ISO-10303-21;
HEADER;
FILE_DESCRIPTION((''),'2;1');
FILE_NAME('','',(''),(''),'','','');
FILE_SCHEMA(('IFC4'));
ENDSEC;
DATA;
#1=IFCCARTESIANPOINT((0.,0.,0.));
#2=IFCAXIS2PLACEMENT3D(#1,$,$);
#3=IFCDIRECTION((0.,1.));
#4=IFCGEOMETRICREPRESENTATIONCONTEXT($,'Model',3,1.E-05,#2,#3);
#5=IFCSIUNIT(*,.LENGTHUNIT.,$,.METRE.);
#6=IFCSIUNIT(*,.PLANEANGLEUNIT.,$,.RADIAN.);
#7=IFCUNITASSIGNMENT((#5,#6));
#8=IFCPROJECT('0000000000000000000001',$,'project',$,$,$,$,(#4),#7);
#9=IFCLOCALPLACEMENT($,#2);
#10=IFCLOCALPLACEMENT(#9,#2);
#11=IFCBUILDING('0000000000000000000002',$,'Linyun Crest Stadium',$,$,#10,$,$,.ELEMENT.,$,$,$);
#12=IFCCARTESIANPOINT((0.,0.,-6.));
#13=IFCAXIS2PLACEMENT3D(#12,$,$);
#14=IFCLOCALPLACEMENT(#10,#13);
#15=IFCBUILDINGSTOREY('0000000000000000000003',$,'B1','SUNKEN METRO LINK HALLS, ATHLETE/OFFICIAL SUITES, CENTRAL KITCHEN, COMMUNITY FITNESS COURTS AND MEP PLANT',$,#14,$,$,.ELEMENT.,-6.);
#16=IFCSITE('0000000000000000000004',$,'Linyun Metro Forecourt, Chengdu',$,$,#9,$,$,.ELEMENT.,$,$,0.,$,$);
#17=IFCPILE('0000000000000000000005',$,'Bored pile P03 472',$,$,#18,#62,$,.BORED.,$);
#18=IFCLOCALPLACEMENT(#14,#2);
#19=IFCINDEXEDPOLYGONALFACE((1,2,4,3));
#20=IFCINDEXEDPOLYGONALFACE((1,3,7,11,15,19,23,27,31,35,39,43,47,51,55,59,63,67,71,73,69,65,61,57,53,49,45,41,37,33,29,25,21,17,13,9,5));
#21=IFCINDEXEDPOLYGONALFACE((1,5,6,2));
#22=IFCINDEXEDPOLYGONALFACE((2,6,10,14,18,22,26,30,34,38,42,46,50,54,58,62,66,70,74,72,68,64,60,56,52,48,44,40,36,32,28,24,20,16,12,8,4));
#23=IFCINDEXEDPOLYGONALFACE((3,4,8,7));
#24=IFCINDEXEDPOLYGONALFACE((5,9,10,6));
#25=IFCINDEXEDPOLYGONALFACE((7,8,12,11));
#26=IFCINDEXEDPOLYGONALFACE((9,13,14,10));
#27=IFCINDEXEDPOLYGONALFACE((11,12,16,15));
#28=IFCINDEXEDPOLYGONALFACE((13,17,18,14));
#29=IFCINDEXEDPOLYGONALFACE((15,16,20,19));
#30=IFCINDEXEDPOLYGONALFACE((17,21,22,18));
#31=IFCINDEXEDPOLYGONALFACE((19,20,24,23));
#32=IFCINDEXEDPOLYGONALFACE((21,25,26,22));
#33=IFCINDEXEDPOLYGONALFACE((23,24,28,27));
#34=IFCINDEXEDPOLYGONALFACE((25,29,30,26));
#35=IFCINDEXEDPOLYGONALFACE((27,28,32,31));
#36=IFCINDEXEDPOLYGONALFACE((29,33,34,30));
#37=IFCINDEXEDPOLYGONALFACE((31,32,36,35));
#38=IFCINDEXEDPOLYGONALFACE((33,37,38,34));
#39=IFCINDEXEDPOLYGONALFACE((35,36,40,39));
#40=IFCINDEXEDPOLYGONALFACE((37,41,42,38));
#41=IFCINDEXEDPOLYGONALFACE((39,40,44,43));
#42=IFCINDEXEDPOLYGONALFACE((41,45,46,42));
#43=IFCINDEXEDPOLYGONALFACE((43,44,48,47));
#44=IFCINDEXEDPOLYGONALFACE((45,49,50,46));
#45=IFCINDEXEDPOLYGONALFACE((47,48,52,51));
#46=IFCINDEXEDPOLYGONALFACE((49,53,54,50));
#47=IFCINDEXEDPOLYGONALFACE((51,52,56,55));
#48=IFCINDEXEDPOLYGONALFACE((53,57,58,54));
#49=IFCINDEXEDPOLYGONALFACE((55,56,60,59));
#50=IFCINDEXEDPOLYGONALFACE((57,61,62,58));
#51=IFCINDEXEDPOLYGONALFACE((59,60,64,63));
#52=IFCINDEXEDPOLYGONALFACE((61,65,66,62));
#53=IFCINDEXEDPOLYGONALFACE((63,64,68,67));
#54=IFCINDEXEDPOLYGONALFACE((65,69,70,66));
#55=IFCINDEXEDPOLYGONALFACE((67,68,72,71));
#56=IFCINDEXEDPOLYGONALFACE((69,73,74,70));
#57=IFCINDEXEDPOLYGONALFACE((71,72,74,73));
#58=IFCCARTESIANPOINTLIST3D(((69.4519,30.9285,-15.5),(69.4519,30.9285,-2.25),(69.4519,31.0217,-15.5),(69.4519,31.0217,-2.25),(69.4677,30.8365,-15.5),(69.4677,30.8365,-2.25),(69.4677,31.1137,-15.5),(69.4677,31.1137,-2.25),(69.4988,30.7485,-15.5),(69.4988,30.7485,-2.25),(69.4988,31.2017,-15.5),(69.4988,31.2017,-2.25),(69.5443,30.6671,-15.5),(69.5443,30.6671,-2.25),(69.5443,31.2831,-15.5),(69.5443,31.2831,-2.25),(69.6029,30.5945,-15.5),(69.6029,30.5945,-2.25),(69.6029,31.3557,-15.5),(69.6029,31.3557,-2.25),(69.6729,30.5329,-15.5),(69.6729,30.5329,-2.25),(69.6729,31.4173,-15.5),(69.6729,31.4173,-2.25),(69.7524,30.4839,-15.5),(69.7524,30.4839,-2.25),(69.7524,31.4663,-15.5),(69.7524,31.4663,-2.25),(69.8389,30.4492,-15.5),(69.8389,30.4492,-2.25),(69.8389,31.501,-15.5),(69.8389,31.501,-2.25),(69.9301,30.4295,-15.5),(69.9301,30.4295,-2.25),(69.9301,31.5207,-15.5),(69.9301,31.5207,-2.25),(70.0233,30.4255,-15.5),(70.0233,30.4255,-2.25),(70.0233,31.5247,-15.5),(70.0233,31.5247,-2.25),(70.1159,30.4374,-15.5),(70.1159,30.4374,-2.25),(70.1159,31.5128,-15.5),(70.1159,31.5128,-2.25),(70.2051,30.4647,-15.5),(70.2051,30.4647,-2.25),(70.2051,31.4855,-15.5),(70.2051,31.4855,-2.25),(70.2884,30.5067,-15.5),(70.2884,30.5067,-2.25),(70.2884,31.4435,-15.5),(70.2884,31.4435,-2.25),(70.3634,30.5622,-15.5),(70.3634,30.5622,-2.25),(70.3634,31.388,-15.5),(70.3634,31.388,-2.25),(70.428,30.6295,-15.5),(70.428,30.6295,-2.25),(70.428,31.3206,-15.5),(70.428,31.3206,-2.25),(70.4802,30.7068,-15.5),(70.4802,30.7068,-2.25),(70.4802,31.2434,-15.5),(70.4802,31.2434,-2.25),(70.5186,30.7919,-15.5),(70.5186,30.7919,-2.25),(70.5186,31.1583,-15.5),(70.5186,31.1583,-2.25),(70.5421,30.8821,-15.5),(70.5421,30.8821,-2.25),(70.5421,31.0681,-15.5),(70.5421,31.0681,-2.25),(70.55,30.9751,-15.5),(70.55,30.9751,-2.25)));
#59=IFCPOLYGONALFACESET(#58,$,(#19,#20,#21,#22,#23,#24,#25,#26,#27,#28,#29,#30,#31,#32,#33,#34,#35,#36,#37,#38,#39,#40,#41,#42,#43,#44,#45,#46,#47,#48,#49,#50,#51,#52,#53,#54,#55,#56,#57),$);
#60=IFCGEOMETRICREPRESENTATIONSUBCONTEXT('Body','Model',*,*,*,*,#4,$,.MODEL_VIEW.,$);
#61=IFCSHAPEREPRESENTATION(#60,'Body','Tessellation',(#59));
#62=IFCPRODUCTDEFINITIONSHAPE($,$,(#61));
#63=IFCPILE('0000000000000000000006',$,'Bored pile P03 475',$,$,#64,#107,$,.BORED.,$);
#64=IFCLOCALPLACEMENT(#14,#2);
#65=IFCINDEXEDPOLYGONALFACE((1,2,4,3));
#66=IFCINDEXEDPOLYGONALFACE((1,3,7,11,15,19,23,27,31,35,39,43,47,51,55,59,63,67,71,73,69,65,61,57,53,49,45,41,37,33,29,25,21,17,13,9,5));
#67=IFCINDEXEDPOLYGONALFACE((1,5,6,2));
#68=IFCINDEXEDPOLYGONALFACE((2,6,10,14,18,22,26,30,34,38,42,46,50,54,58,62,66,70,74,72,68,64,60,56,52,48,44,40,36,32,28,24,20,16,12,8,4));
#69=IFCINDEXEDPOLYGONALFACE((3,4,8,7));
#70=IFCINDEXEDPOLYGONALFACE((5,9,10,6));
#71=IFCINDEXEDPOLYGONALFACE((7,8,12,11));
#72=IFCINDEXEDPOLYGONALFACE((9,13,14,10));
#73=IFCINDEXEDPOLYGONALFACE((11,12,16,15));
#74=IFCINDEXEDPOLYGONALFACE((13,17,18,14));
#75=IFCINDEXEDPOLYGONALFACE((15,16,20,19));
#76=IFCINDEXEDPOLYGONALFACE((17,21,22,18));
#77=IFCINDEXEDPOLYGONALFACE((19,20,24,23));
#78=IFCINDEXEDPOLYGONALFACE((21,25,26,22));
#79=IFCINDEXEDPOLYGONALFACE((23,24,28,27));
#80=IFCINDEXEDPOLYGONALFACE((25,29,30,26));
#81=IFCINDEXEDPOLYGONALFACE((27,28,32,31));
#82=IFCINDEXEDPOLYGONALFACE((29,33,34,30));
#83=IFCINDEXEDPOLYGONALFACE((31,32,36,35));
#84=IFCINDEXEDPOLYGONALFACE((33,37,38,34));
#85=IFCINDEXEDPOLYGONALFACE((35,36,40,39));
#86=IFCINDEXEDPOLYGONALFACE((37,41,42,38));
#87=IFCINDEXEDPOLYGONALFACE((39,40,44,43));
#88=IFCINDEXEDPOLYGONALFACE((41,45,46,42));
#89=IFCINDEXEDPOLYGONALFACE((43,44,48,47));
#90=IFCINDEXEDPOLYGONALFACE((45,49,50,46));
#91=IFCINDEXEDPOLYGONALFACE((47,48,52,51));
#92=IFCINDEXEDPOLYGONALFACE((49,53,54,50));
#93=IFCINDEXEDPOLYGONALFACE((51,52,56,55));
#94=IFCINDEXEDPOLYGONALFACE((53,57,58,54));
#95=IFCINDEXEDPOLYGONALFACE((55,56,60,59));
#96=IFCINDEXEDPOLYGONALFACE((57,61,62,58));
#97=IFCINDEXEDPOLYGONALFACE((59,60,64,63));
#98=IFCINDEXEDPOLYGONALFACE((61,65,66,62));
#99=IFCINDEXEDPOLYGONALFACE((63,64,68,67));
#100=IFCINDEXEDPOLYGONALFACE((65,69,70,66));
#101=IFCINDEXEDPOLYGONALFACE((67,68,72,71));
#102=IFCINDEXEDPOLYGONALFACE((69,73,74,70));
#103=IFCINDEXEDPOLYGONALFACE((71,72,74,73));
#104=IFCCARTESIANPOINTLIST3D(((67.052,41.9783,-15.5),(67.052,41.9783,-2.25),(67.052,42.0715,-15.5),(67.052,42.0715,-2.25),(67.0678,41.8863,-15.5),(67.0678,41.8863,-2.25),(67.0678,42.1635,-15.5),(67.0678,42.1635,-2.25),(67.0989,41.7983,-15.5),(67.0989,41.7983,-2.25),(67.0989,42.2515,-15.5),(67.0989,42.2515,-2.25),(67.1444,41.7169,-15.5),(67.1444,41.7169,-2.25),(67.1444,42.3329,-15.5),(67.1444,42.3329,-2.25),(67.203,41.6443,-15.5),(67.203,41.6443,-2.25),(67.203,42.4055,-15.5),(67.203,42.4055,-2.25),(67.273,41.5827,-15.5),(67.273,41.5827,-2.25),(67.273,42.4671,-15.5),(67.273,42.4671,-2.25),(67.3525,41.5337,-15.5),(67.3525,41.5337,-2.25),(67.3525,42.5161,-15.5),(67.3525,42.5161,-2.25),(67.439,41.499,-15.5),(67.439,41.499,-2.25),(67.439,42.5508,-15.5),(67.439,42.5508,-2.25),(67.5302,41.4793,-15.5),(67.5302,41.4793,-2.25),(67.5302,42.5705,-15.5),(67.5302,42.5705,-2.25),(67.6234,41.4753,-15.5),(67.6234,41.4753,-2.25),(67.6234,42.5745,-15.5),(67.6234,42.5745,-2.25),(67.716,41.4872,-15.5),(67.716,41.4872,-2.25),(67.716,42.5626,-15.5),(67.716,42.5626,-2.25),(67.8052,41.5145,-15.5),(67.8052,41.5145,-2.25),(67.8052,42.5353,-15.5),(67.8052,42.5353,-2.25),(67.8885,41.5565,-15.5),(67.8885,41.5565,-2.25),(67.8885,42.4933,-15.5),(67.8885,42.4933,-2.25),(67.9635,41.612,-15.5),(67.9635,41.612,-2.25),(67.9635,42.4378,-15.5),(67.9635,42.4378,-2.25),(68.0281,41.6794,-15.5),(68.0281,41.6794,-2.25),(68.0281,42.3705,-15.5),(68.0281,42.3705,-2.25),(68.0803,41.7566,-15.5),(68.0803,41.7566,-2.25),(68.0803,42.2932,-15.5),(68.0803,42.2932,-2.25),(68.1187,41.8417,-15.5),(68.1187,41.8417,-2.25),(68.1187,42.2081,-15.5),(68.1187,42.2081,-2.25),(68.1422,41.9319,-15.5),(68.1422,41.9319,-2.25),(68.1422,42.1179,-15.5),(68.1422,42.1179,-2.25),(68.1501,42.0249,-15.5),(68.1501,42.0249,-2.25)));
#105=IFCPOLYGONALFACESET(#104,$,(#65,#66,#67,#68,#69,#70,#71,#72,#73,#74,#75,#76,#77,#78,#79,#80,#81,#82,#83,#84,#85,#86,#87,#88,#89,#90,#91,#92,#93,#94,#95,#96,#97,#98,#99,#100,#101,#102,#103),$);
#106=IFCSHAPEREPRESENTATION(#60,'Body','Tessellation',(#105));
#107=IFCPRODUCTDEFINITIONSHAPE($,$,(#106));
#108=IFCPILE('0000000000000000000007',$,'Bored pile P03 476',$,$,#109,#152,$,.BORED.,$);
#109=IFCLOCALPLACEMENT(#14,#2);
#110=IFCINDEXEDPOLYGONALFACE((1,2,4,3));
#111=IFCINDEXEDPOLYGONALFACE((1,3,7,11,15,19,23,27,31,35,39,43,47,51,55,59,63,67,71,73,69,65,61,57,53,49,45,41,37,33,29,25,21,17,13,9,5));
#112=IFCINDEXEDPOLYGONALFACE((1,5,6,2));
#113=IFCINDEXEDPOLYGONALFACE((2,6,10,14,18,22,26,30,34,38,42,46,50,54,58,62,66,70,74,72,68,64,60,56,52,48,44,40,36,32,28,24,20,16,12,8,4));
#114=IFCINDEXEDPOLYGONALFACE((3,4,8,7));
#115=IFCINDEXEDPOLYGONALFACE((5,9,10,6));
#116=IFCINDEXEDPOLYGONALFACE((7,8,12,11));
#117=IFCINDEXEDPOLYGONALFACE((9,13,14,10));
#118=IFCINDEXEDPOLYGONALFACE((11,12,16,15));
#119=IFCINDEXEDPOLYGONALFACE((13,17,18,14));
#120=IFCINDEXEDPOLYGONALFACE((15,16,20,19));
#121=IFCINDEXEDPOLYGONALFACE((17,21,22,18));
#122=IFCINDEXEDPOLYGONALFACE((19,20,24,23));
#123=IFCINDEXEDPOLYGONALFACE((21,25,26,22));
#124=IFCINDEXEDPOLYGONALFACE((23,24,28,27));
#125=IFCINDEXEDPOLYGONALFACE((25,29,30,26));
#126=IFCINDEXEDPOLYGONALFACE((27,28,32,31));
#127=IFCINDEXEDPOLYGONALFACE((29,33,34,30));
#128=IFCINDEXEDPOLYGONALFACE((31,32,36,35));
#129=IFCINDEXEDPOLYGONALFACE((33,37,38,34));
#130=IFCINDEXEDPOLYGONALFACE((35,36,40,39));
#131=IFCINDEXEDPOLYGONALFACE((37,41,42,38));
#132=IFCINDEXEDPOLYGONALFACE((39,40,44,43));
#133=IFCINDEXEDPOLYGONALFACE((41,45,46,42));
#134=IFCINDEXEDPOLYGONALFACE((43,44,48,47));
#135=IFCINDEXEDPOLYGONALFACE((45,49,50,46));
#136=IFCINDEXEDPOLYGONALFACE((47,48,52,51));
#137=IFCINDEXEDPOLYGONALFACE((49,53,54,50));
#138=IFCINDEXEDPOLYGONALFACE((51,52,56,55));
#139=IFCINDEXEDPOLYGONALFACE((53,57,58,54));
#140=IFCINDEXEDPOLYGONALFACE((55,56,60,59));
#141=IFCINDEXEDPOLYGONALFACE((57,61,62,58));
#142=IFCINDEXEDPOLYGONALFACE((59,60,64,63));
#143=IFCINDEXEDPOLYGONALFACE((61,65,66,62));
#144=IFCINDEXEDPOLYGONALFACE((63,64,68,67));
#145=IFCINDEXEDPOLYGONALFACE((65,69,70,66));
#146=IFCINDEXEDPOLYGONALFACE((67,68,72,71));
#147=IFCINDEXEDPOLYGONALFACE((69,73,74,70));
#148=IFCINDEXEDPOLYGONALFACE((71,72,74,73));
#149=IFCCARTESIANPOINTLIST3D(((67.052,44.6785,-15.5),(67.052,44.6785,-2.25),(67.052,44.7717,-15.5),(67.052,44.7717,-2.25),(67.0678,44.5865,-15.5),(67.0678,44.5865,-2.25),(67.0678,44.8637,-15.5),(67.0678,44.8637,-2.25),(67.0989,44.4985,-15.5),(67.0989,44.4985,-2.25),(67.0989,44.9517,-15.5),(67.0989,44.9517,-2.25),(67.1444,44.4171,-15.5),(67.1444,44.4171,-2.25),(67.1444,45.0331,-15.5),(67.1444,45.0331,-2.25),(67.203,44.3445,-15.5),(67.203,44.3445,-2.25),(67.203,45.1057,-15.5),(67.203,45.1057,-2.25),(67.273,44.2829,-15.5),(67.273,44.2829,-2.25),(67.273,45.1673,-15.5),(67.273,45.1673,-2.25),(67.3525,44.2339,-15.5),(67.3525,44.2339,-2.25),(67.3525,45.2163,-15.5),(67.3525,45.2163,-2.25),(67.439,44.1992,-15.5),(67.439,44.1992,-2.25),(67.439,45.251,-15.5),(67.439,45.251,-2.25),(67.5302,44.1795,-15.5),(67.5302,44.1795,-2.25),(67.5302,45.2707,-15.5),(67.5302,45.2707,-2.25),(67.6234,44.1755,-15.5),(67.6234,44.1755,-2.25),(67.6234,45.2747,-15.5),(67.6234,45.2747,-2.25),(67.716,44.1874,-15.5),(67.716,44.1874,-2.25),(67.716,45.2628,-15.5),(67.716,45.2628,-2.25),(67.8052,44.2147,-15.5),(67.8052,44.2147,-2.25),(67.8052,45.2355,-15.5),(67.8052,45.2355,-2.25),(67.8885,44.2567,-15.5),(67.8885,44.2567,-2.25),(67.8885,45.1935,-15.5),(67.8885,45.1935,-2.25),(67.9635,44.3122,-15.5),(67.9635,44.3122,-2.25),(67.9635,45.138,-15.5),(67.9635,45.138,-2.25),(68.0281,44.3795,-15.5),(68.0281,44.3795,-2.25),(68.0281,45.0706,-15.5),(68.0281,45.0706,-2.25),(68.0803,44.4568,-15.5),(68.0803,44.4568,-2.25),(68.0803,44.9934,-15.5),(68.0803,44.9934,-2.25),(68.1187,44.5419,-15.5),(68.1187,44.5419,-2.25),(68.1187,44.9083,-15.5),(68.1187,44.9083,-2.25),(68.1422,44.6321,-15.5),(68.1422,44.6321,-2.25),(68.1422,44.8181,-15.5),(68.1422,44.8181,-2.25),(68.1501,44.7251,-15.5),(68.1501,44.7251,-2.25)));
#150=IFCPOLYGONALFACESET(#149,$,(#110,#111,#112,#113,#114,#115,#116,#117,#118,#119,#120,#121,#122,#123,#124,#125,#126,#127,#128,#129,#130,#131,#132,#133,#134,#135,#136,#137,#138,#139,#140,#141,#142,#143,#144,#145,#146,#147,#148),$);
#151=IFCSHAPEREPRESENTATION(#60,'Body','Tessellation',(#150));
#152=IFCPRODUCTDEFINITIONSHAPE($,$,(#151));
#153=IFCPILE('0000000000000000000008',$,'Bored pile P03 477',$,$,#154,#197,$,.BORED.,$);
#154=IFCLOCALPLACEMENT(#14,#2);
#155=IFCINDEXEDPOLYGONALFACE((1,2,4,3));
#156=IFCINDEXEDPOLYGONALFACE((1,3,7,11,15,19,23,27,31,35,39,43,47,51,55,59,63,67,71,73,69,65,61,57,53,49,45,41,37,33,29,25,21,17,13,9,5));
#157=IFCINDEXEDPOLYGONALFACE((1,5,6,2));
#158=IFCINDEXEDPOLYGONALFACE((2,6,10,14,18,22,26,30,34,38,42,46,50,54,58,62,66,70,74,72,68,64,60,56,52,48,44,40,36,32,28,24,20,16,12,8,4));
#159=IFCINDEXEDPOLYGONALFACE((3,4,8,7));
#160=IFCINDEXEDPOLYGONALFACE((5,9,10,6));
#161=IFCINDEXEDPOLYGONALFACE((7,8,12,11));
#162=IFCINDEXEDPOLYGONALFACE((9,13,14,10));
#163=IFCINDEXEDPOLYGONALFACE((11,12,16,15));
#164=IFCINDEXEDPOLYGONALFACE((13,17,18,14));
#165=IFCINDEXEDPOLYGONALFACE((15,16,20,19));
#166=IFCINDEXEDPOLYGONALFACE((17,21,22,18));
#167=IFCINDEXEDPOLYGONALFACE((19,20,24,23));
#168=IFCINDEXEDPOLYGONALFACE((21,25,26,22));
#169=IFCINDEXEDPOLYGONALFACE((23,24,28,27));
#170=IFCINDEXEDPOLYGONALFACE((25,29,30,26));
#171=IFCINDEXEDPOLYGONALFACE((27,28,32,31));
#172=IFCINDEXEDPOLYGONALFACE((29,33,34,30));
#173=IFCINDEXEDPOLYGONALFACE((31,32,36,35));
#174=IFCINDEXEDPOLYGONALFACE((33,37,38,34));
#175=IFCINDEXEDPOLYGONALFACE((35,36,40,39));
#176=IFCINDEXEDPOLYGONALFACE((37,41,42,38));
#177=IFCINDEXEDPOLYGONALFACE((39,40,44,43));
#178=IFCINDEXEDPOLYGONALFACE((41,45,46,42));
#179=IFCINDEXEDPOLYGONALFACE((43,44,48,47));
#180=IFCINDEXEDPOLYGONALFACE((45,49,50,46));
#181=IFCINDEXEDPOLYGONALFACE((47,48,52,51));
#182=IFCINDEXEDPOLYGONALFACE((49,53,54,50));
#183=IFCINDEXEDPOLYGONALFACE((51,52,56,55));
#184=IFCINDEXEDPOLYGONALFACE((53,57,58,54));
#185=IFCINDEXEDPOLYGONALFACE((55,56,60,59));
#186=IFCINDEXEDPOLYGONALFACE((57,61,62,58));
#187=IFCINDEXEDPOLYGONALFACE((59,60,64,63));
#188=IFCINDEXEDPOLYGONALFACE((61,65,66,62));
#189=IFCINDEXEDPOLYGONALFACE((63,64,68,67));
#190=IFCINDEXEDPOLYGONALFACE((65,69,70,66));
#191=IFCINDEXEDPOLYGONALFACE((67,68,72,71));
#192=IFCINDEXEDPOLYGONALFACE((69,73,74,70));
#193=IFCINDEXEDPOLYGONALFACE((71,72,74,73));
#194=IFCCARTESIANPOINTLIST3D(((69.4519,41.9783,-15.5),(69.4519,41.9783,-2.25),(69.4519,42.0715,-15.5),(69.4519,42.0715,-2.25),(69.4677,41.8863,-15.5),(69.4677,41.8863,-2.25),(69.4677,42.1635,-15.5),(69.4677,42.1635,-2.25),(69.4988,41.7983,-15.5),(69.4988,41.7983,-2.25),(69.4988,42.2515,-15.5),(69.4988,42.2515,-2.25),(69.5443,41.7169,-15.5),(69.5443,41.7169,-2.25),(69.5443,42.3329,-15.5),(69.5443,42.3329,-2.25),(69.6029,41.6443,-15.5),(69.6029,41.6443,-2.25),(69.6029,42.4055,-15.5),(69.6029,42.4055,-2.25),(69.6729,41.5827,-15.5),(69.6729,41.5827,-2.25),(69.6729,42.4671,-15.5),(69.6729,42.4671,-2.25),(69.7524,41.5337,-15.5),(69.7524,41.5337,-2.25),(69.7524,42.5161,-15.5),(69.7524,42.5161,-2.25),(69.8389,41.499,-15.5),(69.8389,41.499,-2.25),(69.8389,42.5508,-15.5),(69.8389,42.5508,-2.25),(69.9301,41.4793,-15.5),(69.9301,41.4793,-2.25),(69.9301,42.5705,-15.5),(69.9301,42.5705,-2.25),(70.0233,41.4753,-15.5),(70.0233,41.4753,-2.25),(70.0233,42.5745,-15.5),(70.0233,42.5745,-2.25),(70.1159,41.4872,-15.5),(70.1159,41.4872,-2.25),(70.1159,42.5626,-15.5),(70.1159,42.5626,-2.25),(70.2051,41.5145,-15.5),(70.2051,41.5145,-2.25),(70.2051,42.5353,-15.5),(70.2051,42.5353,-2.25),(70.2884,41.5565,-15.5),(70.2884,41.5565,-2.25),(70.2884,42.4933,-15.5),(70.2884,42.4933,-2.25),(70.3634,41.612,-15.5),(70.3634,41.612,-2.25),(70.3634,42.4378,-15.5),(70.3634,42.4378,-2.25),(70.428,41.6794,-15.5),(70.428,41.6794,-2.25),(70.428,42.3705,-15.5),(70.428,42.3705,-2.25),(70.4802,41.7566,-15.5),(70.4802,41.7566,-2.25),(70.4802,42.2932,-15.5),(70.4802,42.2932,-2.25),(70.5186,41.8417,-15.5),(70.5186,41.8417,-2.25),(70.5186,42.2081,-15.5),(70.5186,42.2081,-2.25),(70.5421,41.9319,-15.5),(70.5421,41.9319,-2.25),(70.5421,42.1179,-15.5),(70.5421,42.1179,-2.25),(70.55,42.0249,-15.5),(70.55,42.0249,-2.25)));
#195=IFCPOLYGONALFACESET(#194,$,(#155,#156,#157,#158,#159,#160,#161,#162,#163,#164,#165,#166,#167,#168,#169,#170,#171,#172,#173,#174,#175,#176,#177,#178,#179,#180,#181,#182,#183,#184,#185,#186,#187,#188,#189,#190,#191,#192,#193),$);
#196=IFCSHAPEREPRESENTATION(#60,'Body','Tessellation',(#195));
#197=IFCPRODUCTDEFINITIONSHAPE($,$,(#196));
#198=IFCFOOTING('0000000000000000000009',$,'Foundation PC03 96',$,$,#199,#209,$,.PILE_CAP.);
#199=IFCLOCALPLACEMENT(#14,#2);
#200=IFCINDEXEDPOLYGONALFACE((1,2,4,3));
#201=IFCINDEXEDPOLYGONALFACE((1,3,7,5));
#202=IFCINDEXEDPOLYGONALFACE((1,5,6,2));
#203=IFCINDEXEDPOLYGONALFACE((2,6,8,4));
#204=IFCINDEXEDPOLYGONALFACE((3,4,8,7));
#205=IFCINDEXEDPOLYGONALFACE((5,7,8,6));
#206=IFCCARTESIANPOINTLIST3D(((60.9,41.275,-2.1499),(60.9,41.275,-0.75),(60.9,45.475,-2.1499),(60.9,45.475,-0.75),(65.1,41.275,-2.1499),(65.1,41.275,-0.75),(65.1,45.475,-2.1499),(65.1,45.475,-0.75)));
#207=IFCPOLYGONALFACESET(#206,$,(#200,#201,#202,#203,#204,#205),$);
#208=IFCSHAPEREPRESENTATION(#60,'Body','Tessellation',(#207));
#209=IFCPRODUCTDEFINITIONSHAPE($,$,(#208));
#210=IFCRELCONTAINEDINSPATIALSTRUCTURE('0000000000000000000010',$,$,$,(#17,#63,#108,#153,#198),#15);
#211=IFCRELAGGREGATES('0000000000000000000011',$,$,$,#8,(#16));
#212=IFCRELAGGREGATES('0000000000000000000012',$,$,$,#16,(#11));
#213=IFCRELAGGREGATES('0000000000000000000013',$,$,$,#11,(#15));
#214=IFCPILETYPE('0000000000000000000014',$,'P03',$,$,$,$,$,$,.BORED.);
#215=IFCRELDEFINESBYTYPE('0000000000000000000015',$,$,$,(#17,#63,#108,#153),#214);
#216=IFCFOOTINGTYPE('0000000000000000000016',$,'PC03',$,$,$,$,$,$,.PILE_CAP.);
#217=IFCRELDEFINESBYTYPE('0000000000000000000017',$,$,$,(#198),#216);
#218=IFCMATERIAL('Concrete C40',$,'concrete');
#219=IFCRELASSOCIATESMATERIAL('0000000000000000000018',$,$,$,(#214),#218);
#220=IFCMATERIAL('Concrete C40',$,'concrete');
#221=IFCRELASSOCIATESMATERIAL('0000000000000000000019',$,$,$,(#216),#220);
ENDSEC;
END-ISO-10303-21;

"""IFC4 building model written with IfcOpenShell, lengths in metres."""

from ifc_helpers import new_model, si_unit, direction, frame, origin, origin_2d, place, context, subcontext, project, spatial, rectangle, circle, extrude, material, material_profile, profile_set, type_object, element, save


model = new_model("IFC4")

# Units and contexts
model_context = context("Model", 3, precision=1e-05, world=origin(), true_north=direction((0.0, 1.0)))
body_context = subcontext(model_context, "Body", "Model", "MODEL_VIEW")
ifc_project = project(units=[si_unit("LENGTHUNIT", "METRE"), si_unit("PLANEANGLEUNIT", "RADIAN")], contexts=[model_context])

# Site, building, storey
site_placement = place(None, origin())
site = spatial("IfcSite", under=ifc_project, at=site_placement, Name="Linyun Metro Forecourt, Chengdu", CompositionType="ELEMENT", RefElevation=0.0)
building_placement = place(site_placement, origin())
building = spatial("IfcBuilding", under=site, at=building_placement, Name="Linyun Crest Stadium", CompositionType="ELEMENT")
storey_placement = place(building_placement, frame((0.0, 0.0, -6.0)))
storey = spatial("IfcBuildingStorey", under=building, at=storey_placement, Name="B1", Description="SUNKEN METRO LINK HALLS, ATHLETE/OFFICIAL SUITES, CENTRAL KITCHEN, COMMUNITY FITNESS COURTS AND MEP PLANT", CompositionType="ELEMENT", Elevation=-6.0)

# Piles
ifc_material_1 = material(Name="Concrete C40", Category="concrete")
ifc_material_profile_1 = material_profile(ifc_material_1, circle(Radius=0.55, at=origin_2d()), Name="BORED PILE 1100")
ifc_profile_set_1 = profile_set([ifc_material_profile_1], Name="Concrete C40")
pile_type = type_object("IfcPileType", Name="P03", PredefinedType="BORED", material=ifc_profile_set_1)
for number, where, z_axis, x_axis, name in (
    (1, (70.0, 30.9751, -2.25), (0.0, 0.0, -1.0), (1.0, 0.0, 0.0), "Bored pile P03 472"),
    (2, (67.6001, 42.0249, -2.25), (0.0, 0.0, -1.0), (1.0, 0.0, 0.0), "Bored pile P03 475"),
    (3, (67.6001, 44.7251, -2.25), (0.0, 0.0, -1.0), (1.0, 0.0, 0.0), "Bored pile P03 476"),
    (4, (70.0, 42.0249, -2.25), (0.0, 0.0, -1.0), (1.0, 0.0, 0.0), "Bored pile P03 477"),
):
    element("IfcPile", number, at=place(storey_placement, frame(where, z_axis=z_axis, x_axis=x_axis)), inside=storey, type_object=pile_type, Name=name, PredefinedType="BORED", context=body_context, shape_type="SweptSolid", body=[
        extrude(circle(Radius=0.55, at=origin_2d()), origin(), (0.0, 0.0, 1.0), 13.25),
    ])

# Footing
ifc_material_2 = material(Name="Concrete C40", Category="concrete")
footing_type_1 = type_object("IfcFootingType", Name="PC03", PredefinedType="PILE_CAP", material=ifc_material_2)
footing_1_placement = place(storey_placement, frame((63.0, 43.375, -2.1499), z_axis=(0.0, 0.0, 1.0), x_axis=(1.0, 0.0, 0.0)))
element("IfcFooting", 5, at=footing_1_placement, inside=storey, type_object=footing_type_1, Name="Foundation PC03 96", PredefinedType="PILE_CAP", context=body_context, shape_type="SweptSolid", body=[
    extrude(rectangle(XDim=4.2, YDim=4.2, at=origin_2d()), origin(), (0.0, 0.0, 1.0), 1.3999),
])

save(model, "model.ifc")
